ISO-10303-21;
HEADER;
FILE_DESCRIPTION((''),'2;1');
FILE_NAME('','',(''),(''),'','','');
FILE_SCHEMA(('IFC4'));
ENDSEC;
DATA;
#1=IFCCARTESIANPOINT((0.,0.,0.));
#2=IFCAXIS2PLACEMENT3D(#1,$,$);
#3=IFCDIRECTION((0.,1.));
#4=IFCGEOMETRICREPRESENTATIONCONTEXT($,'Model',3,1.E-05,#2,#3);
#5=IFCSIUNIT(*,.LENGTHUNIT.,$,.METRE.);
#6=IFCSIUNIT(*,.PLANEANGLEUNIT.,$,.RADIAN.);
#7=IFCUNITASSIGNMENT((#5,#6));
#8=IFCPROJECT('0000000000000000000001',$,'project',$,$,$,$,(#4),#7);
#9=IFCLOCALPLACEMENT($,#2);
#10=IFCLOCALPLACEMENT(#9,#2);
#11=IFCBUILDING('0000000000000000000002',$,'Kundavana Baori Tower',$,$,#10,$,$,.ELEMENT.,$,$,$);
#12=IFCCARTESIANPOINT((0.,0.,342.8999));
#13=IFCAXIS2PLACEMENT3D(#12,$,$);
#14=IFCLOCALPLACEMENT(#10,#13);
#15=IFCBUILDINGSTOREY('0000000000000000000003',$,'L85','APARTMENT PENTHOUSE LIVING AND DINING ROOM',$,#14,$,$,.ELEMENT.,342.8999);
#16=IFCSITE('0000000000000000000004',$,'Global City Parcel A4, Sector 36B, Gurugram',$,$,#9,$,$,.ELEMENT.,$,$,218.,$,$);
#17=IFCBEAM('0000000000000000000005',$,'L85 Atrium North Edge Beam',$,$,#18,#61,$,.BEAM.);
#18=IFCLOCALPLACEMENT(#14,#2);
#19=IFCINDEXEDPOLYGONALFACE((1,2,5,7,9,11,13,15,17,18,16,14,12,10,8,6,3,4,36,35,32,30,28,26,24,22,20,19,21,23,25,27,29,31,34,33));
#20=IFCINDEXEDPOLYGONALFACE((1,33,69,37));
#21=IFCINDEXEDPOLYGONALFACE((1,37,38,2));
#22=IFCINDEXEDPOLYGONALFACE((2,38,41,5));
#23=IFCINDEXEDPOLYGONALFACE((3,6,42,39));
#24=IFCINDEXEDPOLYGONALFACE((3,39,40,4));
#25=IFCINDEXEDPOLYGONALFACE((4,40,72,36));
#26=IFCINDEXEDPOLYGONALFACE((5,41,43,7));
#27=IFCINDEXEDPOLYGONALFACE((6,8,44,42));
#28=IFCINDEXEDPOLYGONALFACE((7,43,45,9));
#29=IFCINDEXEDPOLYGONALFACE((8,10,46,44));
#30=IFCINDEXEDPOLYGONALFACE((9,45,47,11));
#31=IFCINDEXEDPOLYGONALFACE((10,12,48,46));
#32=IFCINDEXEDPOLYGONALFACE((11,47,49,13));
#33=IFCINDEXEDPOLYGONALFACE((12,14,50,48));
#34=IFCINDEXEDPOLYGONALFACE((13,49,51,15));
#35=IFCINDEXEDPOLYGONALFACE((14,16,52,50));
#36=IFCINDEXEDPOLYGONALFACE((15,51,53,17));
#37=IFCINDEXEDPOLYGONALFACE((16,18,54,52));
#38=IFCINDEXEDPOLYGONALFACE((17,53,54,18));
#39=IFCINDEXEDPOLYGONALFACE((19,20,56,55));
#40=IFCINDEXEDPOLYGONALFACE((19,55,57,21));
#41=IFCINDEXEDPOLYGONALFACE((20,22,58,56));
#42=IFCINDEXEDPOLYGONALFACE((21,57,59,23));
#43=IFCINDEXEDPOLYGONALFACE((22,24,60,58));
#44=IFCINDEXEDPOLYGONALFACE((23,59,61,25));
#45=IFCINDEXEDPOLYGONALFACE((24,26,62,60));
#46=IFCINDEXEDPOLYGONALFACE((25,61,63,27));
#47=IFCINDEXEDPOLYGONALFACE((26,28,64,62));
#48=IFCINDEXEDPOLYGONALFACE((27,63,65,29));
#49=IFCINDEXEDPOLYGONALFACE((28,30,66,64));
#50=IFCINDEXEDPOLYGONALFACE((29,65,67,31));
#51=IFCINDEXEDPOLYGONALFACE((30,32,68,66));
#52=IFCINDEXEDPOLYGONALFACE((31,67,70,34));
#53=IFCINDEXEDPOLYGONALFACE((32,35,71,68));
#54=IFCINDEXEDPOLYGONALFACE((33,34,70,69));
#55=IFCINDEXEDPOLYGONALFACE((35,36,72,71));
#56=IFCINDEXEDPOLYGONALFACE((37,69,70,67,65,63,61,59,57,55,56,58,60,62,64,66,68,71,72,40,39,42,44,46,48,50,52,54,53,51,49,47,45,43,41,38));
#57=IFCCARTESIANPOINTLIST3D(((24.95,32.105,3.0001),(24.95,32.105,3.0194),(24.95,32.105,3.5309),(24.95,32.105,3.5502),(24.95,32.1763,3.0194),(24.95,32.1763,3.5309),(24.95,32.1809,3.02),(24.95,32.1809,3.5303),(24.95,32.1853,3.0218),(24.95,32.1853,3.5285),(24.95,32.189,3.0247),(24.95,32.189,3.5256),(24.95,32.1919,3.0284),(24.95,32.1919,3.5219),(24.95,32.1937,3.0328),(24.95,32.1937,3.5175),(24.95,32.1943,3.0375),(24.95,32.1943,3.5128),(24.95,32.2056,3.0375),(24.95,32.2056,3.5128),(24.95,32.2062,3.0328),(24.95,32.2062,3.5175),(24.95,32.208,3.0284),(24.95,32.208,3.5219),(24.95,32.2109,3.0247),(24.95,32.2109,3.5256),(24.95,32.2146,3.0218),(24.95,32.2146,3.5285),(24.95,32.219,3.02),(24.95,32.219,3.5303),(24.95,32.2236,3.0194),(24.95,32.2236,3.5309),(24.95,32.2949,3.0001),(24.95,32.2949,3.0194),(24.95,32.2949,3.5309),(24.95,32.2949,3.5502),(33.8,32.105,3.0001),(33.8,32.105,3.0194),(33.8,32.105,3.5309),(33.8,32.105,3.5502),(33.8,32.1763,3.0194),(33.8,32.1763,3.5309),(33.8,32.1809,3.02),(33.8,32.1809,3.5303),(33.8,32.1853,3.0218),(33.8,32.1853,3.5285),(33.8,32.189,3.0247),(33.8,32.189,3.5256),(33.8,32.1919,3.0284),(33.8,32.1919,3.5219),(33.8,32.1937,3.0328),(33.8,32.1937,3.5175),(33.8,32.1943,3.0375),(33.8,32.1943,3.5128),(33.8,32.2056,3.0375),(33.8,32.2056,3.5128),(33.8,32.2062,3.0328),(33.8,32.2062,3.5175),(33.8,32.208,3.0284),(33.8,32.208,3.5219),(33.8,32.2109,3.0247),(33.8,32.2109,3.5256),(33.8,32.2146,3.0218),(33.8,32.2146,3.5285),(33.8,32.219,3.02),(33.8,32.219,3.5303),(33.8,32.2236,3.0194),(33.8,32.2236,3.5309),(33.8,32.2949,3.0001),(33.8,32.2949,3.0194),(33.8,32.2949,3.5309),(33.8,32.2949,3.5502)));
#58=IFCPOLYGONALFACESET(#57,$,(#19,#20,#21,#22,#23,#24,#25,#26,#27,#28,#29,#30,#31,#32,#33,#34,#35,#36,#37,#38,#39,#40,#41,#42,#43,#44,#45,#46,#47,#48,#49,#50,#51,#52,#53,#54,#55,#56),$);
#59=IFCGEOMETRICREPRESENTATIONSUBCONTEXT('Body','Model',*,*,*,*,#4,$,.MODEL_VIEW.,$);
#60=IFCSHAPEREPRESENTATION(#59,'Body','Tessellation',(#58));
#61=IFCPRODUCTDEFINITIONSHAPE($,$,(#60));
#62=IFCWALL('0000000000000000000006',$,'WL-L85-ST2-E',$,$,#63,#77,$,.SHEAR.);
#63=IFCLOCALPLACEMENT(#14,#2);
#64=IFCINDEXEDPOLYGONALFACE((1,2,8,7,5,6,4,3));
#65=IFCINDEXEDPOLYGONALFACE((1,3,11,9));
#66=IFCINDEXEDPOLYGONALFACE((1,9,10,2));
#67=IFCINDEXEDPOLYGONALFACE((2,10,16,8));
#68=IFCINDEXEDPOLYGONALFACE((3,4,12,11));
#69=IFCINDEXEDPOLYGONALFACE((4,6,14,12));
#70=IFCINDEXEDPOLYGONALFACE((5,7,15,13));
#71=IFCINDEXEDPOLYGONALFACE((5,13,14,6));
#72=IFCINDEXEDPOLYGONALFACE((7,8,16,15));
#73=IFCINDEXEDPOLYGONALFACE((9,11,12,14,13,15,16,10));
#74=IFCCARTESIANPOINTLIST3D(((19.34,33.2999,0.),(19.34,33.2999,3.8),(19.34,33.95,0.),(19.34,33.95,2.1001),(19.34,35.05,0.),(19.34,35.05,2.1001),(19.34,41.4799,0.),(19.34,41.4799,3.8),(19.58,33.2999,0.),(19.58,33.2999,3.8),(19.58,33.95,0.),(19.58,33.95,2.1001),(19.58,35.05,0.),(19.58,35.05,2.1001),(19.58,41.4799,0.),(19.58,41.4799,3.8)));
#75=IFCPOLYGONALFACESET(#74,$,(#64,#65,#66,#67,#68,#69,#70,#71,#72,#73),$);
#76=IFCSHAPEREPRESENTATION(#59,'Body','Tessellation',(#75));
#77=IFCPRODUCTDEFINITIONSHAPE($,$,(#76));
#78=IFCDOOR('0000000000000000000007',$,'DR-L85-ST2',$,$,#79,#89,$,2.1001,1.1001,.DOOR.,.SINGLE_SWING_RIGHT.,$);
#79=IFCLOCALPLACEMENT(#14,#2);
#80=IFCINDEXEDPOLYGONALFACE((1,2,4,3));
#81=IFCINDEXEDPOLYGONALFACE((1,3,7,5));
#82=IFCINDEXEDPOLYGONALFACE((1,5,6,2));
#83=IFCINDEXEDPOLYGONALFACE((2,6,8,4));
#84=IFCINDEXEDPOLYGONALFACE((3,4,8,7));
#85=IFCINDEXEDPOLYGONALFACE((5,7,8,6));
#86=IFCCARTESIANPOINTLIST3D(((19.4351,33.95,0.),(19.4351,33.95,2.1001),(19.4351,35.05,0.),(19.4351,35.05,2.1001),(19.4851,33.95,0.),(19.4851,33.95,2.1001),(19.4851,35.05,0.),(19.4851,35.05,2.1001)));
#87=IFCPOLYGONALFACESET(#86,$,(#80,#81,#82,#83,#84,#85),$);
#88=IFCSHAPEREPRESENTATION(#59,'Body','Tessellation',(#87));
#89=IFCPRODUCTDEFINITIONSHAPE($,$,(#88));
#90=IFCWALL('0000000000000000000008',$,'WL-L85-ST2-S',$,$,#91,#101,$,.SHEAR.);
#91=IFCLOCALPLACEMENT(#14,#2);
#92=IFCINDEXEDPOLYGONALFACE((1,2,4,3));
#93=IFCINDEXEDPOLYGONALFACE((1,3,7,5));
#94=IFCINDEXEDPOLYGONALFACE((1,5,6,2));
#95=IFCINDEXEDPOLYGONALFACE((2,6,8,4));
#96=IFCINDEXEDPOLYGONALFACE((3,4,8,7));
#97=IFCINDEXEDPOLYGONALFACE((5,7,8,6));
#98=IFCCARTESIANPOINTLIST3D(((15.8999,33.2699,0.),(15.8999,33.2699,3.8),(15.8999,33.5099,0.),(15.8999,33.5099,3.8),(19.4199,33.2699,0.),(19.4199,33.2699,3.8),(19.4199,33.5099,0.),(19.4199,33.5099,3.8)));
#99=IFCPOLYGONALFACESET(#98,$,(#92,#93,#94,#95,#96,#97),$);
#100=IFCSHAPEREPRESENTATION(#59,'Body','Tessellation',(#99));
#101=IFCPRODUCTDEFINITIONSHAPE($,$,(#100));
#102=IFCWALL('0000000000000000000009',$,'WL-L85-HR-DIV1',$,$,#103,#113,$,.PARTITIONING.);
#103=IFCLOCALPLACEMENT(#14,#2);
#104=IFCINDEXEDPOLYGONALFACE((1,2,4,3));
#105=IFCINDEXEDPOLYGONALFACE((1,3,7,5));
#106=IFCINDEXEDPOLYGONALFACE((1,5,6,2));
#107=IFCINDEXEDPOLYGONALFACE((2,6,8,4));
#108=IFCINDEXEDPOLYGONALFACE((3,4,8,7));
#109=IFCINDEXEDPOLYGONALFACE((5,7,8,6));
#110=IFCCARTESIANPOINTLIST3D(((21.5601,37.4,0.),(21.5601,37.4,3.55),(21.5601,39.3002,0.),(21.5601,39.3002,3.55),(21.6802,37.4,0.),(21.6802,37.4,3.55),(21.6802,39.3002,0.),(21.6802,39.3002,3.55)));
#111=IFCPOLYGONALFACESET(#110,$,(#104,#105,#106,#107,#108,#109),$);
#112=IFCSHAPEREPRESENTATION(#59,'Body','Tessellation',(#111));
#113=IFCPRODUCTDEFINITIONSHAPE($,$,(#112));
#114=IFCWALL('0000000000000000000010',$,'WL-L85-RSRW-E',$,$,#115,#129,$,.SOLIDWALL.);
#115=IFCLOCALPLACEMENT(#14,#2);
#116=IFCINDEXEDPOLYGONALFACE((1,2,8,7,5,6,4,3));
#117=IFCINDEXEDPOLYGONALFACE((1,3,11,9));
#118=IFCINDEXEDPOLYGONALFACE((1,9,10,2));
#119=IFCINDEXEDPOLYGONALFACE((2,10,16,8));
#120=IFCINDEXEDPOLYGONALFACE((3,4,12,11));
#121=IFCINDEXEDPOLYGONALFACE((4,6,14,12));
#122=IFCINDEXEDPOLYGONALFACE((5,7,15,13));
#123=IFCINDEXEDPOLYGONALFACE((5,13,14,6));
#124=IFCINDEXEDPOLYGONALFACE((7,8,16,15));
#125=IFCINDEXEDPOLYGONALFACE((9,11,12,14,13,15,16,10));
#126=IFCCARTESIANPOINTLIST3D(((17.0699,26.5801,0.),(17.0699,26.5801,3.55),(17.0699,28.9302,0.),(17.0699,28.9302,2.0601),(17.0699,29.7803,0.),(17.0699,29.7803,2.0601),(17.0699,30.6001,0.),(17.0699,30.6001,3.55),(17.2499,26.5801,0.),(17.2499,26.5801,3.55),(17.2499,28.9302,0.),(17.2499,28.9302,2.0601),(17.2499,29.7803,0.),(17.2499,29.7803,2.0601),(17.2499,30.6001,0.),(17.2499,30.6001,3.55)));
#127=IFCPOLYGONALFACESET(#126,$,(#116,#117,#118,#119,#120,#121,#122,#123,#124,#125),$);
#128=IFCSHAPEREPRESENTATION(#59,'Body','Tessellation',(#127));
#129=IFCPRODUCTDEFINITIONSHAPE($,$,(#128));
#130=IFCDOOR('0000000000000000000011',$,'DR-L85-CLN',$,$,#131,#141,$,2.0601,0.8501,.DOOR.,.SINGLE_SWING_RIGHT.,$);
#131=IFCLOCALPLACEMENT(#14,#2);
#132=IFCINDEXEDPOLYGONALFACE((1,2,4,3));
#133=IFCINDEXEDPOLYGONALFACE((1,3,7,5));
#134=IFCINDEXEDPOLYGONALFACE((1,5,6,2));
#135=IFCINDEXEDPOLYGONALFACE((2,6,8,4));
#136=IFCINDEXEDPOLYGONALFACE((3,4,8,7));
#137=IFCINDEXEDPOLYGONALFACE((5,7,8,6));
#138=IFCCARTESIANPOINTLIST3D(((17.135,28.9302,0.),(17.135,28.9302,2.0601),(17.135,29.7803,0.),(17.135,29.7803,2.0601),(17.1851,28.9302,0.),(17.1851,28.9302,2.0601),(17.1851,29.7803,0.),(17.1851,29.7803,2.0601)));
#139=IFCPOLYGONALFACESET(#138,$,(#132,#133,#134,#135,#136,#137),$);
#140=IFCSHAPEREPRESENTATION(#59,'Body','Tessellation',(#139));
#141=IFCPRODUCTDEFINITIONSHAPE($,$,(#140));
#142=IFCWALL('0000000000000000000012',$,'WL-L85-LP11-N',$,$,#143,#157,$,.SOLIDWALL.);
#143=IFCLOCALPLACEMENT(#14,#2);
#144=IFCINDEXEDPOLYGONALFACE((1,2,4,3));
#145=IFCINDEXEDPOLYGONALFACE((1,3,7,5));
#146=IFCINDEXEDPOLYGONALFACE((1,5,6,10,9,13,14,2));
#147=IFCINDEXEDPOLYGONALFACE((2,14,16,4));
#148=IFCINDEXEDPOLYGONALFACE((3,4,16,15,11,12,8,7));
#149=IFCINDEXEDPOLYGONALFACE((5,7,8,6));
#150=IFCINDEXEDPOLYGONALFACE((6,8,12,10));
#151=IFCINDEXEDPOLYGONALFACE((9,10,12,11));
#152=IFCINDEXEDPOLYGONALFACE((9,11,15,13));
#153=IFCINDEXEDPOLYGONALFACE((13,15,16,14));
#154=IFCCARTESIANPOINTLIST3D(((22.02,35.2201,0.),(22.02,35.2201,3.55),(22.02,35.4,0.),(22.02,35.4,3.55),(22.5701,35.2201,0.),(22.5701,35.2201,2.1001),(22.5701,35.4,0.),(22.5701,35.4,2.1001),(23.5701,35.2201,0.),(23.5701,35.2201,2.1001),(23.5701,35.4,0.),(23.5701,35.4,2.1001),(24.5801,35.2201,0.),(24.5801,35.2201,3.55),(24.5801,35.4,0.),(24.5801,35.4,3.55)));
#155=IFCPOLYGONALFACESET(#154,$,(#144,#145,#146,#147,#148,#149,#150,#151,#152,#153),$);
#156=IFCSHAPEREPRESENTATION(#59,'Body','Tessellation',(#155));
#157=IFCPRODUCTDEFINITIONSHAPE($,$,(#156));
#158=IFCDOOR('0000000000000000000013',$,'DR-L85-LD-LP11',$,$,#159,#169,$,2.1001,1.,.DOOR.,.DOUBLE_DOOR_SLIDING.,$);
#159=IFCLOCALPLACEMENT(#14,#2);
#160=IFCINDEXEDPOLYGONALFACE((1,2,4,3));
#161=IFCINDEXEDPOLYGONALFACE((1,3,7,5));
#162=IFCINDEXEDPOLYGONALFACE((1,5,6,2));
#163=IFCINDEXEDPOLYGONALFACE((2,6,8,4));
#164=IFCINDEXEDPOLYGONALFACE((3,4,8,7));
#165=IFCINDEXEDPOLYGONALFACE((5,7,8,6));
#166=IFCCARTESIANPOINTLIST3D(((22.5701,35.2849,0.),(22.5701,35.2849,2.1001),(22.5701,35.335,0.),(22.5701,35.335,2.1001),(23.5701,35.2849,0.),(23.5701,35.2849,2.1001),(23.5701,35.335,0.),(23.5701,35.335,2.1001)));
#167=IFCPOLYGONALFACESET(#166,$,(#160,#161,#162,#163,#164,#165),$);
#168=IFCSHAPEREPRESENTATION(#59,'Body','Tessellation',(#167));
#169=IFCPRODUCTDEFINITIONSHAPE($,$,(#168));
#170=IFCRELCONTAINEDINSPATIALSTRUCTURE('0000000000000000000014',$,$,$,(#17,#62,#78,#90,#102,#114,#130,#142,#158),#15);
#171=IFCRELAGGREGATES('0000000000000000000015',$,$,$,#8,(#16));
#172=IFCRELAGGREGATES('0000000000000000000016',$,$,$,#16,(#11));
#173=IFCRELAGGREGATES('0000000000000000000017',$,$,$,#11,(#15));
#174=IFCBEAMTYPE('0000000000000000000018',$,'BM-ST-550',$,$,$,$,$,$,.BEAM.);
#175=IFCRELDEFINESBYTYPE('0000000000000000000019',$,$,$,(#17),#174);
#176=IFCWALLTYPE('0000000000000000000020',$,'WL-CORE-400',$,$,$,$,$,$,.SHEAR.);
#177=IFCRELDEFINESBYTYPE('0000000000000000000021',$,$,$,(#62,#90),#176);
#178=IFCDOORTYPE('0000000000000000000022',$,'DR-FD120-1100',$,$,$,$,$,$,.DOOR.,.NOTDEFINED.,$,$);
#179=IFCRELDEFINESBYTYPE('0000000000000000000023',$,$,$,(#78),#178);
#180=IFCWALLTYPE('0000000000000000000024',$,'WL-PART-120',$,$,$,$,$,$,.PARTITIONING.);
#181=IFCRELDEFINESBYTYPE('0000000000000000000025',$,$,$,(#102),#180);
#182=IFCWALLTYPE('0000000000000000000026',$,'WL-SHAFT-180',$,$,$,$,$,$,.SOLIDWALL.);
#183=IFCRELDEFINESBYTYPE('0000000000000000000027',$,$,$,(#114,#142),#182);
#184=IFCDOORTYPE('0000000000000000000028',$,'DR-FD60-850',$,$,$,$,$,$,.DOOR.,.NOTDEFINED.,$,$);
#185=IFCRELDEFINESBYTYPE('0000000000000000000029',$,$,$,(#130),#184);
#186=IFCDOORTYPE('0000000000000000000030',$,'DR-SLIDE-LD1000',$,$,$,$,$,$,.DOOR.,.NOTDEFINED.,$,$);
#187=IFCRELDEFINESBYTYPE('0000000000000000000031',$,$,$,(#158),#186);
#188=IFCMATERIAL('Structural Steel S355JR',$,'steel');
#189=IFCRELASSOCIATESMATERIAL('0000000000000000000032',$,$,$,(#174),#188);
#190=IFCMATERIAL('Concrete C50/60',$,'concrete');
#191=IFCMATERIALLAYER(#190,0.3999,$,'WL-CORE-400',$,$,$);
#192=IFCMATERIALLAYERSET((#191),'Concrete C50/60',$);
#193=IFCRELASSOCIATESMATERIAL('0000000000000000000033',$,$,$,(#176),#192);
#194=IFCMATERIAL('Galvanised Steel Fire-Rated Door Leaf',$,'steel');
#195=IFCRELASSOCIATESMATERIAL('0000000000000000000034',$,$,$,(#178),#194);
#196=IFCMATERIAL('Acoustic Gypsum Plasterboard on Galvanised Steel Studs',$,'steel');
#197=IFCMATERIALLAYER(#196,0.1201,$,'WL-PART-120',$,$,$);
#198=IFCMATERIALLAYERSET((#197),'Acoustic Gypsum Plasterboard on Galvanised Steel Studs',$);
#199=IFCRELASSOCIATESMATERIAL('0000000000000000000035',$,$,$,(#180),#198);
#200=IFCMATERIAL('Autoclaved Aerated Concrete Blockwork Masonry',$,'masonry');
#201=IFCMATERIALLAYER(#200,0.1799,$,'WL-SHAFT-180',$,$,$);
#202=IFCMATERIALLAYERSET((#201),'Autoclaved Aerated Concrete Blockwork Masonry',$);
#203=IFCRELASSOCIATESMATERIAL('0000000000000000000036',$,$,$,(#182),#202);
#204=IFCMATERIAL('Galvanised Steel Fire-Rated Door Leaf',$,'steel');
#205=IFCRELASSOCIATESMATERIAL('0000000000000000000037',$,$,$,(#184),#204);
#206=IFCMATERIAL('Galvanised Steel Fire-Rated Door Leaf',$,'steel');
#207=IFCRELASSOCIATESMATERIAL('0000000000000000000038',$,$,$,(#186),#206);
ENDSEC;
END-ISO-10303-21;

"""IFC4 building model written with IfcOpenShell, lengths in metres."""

from ifc_helpers import new_model, si_unit, direction, frame, frame_2d, origin, origin_2d, place, context, subcontext, project, spatial, rectangle, i_section, extrude, material, layer, layer_set, material_profile, profile_set, type_object, element, fill, save


model = new_model("IFC4")

# Units and contexts
model_context = context("Model", 3, precision=1e-05, world=origin(), true_north=direction((0.0, 1.0)))
body_context = subcontext(model_context, "Body", "Model", "MODEL_VIEW")
ifc_project = project(units=[si_unit("LENGTHUNIT", "METRE"), si_unit("PLANEANGLEUNIT", "RADIAN")], contexts=[model_context])

# Site, building, storey
site_placement = place(None, origin())
site = spatial("IfcSite", under=ifc_project, at=site_placement, Name="Global City Parcel A4, Sector 36B, Gurugram", CompositionType="ELEMENT", RefElevation=218.0)
building_placement = place(site_placement, origin())
building = spatial("IfcBuilding", under=site, at=building_placement, Name="Kundavana Baori Tower", CompositionType="ELEMENT")
storey_placement = place(building_placement, frame((0.0, 0.0, 342.8999)))
storey = spatial("IfcBuildingStorey", under=building, at=storey_placement, Name="L85", Description="APARTMENT PENTHOUSE LIVING AND DINING ROOM", CompositionType="ELEMENT", Elevation=342.8999)

# Beam
ifc_material_1 = material(Name="Structural Steel S355JR", Category="steel")
ifc_material_profile = material_profile(ifc_material_1, i_section(OverallWidth=0.1899, OverallDepth=0.55, WebThickness=0.0112, FlangeThickness=0.0193, FilletRadius=0.0181, at=origin_2d()), Name="ISMB 550")
ifc_profile_set = profile_set([ifc_material_profile], Name="Structural Steel S355JR")
beam_type = type_object("IfcBeamType", Name="BM-ST-550", PredefinedType="BEAM", material=ifc_profile_set)
beam_placement = place(storey_placement, frame((24.95, 32.2, 3.2751), z_axis=(1.0, 0.0, 0.0), x_axis=(0.0, 1.0, 0.0)))
element("IfcBeam", 1, at=beam_placement, inside=storey, type_object=beam_type, Name="L85 Atrium North Edge Beam", PredefinedType="BEAM", context=body_context, shape_type="SweptSolid", body=[
    extrude(i_section(OverallWidth=0.1899, OverallDepth=0.55, WebThickness=0.0112, FlangeThickness=0.0193, FilletRadius=0.0181, at=origin_2d()), origin(), (0.0, 0.0, 1.0), 8.8501),
])

# Wall, opening, door
ifc_material_2 = material(Name="Concrete C50/60", Category="concrete")
ifc_layer_1 = layer(ifc_material_2, 0.3999, Name="WL-CORE-400")
ifc_layer_set_1 = layer_set([ifc_layer_1], Name="Concrete C50/60")
wall_type_1 = type_object("IfcWallType", Name="WL-CORE-400", PredefinedType="SHEAR", material=ifc_layer_set_1)
wall_1_placement = place(storey_placement, frame((19.46, 33.3, 0.0), z_axis=(0.0, 0.0, 1.0), x_axis=(0.0, 1.0, 0.0)))
wall_1 = element("IfcWall", 2, at=wall_1_placement, inside=storey, type_object=wall_type_1, Name="WL-L85-ST2-E", PredefinedType="SHEAR", context=body_context, shape_type="SweptSolid", body=[
    extrude(rectangle(XDim=8.1799, YDim=0.24, at=frame_2d((4.0898, 0.0))), origin(), (0.0, 0.0, 1.0), 3.8),
])
opening_1_placement = place(wall_1_placement, frame((0.6499, 0.0, 0.0)))
opening_1 = element("IfcOpeningElement", 3, at=opening_1_placement, cuts=wall_1, PredefinedType="OPENING", context=body_context, shape_type="SweptSolid", body=[
    extrude(rectangle(XDim=1.1001, YDim=2.1001, at=frame_2d((0.55, 1.05))), frame((0.0, 0.1299, 0.0), z_axis=(0.0, -1.0, 0.0), x_axis=(1.0, 0.0, 0.0)), (0.0, 0.0, 1.0), 0.26),
])
ifc_material_3 = material(Name="Galvanised Steel Fire-Rated Door Leaf", Category="steel")
door_type_1 = type_object("IfcDoorType", Name="DR-FD120-1100", OperationType="NOTDEFINED", PredefinedType="DOOR", material=ifc_material_3)
door_1_placement = place(opening_1_placement, origin())
door_1 = element("IfcDoor", 4, at=door_1_placement, inside=storey, type_object=door_type_1, Name="DR-L85-ST2", OperationType="SINGLE_SWING_RIGHT", OverallHeight=2.1001, OverallWidth=1.1001, PredefinedType="DOOR", context=body_context, shape_type="SweptSolid", body=[
    extrude(rectangle(XDim=1.1001, YDim=2.1001, at=frame_2d((0.55, 1.05))), frame((0.0, 0.0249, 0.0), z_axis=(0.0, -1.0, 0.0), x_axis=(1.0, 0.0, 0.0)), (0.0, 0.0, 1.0), 0.05),
])
fill(opening_1, door_1)

# Walls
wall_2_placement = place(storey_placement, frame((15.8999, 33.3899, 0.0), z_axis=(0.0, 0.0, 1.0), x_axis=(1.0, 0.0, 0.0)))
element("IfcWall", 5, at=wall_2_placement, inside=storey, type_object=wall_type_1, Name="WL-L85-ST2-S", PredefinedType="SHEAR", context=body_context, shape_type="SweptSolid", body=[
    extrude(rectangle(XDim=3.52, YDim=0.24, at=frame_2d((1.76, 0.0))), origin(), (0.0, 0.0, 1.0), 3.8),
])
ifc_material_4 = material(Name="Acoustic Gypsum Plasterboard on Galvanised Steel Studs", Category="steel")
ifc_layer_2 = layer(ifc_material_4, 0.1201, Name="WL-PART-120")
ifc_layer_set_2 = layer_set([ifc_layer_2], Name="Acoustic Gypsum Plasterboard on Galvanised Steel Studs")
wall_type_2 = type_object("IfcWallType", Name="WL-PART-120", PredefinedType="PARTITIONING", material=ifc_layer_set_2)
wall_3_placement = place(storey_placement, frame((21.6201, 37.3999, 0.0), z_axis=(0.0, 0.0, 1.0), x_axis=(0.0, 1.0, 0.0)))
element("IfcWall", 6, at=wall_3_placement, inside=storey, type_object=wall_type_2, Name="WL-L85-HR-DIV1", PredefinedType="PARTITIONING", context=body_context, shape_type="SweptSolid", body=[
    extrude(rectangle(XDim=1.9001, YDim=0.1201, at=frame_2d((0.9502, 0.0))), origin(), (0.0, 0.0, 1.0), 3.55),
])

# Walls, openings, doors
ifc_material_5 = material(Name="Autoclaved Aerated Concrete Blockwork Masonry", Category="masonry")
ifc_layer_3 = layer(ifc_material_5, 0.1799, Name="WL-SHAFT-180")
ifc_layer_set_3 = layer_set([ifc_layer_3], Name="Autoclaved Aerated Concrete Blockwork Masonry")
wall_type_3 = type_object("IfcWallType", Name="WL-SHAFT-180", PredefinedType="SOLIDWALL", material=ifc_layer_set_3)
wall_4_placement = place(storey_placement, frame((17.1599, 26.5801, 0.0), z_axis=(0.0, 0.0, 1.0), x_axis=(0.0, 1.0, 0.0)))
wall_4 = element("IfcWall", 7, at=wall_4_placement, inside=storey, type_object=wall_type_3, Name="WL-L85-RSRW-E", PredefinedType="SOLIDWALL", context=body_context, shape_type="SweptSolid", body=[
    extrude(rectangle(XDim=4.02, YDim=0.1799, at=frame_2d((2.01, 0.0))), origin(), (0.0, 0.0, 1.0), 3.55),
])
opening_2_placement = place(wall_4_placement, frame((2.3501, 0.0, 0.0)))
opening_2 = element("IfcOpeningElement", 8, at=opening_2_placement, cuts=wall_4, PredefinedType="OPENING", context=body_context, shape_type="SweptSolid", body=[
    extrude(rectangle(XDim=0.8501, YDim=2.0601, at=frame_2d((0.425, 1.03))), frame((0.0, 0.1001, 0.0), z_axis=(0.0, -1.0, 0.0), x_axis=(1.0, 0.0, 0.0)), (0.0, 0.0, 1.0), 0.2),
])
ifc_material_6 = material(Name="Galvanised Steel Fire-Rated Door Leaf", Category="steel")
door_type_2 = type_object("IfcDoorType", Name="DR-FD60-850", OperationType="NOTDEFINED", PredefinedType="DOOR", material=ifc_material_6)
door_2_placement = place(opening_2_placement, origin())
door_2 = element("IfcDoor", 9, at=door_2_placement, inside=storey, type_object=door_type_2, Name="DR-L85-CLN", OperationType="SINGLE_SWING_RIGHT", OverallHeight=2.0601, OverallWidth=0.8501, PredefinedType="DOOR", context=body_context, shape_type="SweptSolid", body=[
    extrude(rectangle(XDim=0.8501, YDim=2.0601, at=frame_2d((0.425, 1.03))), frame((0.0, 0.0249, 0.0), z_axis=(0.0, -1.0, 0.0), x_axis=(1.0, 0.0, 0.0)), (0.0, 0.0, 1.0), 0.05),
])
fill(opening_2, door_2)
wall_5_placement = place(storey_placement, frame((22.02, 35.3101, 0.0), z_axis=(0.0, 0.0, 1.0), x_axis=(1.0, 0.0, 0.0)))
wall_5 = element("IfcWall", 10, at=wall_5_placement, inside=storey, type_object=wall_type_3, Name="WL-L85-LP11-N", PredefinedType="SOLIDWALL", context=body_context, shape_type="SweptSolid", body=[
    extrude(rectangle(XDim=2.5601, YDim=0.1799, at=frame_2d((1.28, 0.0))), origin(), (0.0, 0.0, 1.0), 3.55),
])
opening_3_placement = place(wall_5_placement, frame((0.55, 0.0, 0.0)))
opening_3 = element("IfcOpeningElement", 11, at=opening_3_placement, cuts=wall_5, PredefinedType="OPENING", context=body_context, shape_type="SweptSolid", body=[
    extrude(rectangle(XDim=1.0, YDim=2.1001, at=frame_2d((0.5, 1.05))), frame((0.0, 0.1001, 0.0), z_axis=(0.0, -1.0, 0.0), x_axis=(1.0, 0.0, 0.0)), (0.0, 0.0, 1.0), 0.2),
])
ifc_material_7 = material(Name="Galvanised Steel Fire-Rated Door Leaf", Category="steel")
door_type_3 = type_object("IfcDoorType", Name="DR-SLIDE-LD1000", OperationType="NOTDEFINED", PredefinedType="DOOR", material=ifc_material_7)
door_3_placement = place(opening_3_placement, origin())
door_3 = element("IfcDoor", 12, at=door_3_placement, inside=storey, type_object=door_type_3, Name="DR-L85-LD-LP11", OperationType="DOUBLE_DOOR_SLIDING", OverallHeight=2.1001, OverallWidth=1.0, PredefinedType="DOOR", context=body_context, shape_type="SweptSolid", body=[
    extrude(rectangle(XDim=1.0, YDim=2.1001, at=frame_2d((0.5, 1.05))), frame((0.0, 0.0249, 0.0), z_axis=(0.0, -1.0, 0.0), x_axis=(1.0, 0.0, 0.0)), (0.0, 0.0, 1.0), 0.05),
])
fill(opening_3, door_3)

save(model, "model.ifc")
